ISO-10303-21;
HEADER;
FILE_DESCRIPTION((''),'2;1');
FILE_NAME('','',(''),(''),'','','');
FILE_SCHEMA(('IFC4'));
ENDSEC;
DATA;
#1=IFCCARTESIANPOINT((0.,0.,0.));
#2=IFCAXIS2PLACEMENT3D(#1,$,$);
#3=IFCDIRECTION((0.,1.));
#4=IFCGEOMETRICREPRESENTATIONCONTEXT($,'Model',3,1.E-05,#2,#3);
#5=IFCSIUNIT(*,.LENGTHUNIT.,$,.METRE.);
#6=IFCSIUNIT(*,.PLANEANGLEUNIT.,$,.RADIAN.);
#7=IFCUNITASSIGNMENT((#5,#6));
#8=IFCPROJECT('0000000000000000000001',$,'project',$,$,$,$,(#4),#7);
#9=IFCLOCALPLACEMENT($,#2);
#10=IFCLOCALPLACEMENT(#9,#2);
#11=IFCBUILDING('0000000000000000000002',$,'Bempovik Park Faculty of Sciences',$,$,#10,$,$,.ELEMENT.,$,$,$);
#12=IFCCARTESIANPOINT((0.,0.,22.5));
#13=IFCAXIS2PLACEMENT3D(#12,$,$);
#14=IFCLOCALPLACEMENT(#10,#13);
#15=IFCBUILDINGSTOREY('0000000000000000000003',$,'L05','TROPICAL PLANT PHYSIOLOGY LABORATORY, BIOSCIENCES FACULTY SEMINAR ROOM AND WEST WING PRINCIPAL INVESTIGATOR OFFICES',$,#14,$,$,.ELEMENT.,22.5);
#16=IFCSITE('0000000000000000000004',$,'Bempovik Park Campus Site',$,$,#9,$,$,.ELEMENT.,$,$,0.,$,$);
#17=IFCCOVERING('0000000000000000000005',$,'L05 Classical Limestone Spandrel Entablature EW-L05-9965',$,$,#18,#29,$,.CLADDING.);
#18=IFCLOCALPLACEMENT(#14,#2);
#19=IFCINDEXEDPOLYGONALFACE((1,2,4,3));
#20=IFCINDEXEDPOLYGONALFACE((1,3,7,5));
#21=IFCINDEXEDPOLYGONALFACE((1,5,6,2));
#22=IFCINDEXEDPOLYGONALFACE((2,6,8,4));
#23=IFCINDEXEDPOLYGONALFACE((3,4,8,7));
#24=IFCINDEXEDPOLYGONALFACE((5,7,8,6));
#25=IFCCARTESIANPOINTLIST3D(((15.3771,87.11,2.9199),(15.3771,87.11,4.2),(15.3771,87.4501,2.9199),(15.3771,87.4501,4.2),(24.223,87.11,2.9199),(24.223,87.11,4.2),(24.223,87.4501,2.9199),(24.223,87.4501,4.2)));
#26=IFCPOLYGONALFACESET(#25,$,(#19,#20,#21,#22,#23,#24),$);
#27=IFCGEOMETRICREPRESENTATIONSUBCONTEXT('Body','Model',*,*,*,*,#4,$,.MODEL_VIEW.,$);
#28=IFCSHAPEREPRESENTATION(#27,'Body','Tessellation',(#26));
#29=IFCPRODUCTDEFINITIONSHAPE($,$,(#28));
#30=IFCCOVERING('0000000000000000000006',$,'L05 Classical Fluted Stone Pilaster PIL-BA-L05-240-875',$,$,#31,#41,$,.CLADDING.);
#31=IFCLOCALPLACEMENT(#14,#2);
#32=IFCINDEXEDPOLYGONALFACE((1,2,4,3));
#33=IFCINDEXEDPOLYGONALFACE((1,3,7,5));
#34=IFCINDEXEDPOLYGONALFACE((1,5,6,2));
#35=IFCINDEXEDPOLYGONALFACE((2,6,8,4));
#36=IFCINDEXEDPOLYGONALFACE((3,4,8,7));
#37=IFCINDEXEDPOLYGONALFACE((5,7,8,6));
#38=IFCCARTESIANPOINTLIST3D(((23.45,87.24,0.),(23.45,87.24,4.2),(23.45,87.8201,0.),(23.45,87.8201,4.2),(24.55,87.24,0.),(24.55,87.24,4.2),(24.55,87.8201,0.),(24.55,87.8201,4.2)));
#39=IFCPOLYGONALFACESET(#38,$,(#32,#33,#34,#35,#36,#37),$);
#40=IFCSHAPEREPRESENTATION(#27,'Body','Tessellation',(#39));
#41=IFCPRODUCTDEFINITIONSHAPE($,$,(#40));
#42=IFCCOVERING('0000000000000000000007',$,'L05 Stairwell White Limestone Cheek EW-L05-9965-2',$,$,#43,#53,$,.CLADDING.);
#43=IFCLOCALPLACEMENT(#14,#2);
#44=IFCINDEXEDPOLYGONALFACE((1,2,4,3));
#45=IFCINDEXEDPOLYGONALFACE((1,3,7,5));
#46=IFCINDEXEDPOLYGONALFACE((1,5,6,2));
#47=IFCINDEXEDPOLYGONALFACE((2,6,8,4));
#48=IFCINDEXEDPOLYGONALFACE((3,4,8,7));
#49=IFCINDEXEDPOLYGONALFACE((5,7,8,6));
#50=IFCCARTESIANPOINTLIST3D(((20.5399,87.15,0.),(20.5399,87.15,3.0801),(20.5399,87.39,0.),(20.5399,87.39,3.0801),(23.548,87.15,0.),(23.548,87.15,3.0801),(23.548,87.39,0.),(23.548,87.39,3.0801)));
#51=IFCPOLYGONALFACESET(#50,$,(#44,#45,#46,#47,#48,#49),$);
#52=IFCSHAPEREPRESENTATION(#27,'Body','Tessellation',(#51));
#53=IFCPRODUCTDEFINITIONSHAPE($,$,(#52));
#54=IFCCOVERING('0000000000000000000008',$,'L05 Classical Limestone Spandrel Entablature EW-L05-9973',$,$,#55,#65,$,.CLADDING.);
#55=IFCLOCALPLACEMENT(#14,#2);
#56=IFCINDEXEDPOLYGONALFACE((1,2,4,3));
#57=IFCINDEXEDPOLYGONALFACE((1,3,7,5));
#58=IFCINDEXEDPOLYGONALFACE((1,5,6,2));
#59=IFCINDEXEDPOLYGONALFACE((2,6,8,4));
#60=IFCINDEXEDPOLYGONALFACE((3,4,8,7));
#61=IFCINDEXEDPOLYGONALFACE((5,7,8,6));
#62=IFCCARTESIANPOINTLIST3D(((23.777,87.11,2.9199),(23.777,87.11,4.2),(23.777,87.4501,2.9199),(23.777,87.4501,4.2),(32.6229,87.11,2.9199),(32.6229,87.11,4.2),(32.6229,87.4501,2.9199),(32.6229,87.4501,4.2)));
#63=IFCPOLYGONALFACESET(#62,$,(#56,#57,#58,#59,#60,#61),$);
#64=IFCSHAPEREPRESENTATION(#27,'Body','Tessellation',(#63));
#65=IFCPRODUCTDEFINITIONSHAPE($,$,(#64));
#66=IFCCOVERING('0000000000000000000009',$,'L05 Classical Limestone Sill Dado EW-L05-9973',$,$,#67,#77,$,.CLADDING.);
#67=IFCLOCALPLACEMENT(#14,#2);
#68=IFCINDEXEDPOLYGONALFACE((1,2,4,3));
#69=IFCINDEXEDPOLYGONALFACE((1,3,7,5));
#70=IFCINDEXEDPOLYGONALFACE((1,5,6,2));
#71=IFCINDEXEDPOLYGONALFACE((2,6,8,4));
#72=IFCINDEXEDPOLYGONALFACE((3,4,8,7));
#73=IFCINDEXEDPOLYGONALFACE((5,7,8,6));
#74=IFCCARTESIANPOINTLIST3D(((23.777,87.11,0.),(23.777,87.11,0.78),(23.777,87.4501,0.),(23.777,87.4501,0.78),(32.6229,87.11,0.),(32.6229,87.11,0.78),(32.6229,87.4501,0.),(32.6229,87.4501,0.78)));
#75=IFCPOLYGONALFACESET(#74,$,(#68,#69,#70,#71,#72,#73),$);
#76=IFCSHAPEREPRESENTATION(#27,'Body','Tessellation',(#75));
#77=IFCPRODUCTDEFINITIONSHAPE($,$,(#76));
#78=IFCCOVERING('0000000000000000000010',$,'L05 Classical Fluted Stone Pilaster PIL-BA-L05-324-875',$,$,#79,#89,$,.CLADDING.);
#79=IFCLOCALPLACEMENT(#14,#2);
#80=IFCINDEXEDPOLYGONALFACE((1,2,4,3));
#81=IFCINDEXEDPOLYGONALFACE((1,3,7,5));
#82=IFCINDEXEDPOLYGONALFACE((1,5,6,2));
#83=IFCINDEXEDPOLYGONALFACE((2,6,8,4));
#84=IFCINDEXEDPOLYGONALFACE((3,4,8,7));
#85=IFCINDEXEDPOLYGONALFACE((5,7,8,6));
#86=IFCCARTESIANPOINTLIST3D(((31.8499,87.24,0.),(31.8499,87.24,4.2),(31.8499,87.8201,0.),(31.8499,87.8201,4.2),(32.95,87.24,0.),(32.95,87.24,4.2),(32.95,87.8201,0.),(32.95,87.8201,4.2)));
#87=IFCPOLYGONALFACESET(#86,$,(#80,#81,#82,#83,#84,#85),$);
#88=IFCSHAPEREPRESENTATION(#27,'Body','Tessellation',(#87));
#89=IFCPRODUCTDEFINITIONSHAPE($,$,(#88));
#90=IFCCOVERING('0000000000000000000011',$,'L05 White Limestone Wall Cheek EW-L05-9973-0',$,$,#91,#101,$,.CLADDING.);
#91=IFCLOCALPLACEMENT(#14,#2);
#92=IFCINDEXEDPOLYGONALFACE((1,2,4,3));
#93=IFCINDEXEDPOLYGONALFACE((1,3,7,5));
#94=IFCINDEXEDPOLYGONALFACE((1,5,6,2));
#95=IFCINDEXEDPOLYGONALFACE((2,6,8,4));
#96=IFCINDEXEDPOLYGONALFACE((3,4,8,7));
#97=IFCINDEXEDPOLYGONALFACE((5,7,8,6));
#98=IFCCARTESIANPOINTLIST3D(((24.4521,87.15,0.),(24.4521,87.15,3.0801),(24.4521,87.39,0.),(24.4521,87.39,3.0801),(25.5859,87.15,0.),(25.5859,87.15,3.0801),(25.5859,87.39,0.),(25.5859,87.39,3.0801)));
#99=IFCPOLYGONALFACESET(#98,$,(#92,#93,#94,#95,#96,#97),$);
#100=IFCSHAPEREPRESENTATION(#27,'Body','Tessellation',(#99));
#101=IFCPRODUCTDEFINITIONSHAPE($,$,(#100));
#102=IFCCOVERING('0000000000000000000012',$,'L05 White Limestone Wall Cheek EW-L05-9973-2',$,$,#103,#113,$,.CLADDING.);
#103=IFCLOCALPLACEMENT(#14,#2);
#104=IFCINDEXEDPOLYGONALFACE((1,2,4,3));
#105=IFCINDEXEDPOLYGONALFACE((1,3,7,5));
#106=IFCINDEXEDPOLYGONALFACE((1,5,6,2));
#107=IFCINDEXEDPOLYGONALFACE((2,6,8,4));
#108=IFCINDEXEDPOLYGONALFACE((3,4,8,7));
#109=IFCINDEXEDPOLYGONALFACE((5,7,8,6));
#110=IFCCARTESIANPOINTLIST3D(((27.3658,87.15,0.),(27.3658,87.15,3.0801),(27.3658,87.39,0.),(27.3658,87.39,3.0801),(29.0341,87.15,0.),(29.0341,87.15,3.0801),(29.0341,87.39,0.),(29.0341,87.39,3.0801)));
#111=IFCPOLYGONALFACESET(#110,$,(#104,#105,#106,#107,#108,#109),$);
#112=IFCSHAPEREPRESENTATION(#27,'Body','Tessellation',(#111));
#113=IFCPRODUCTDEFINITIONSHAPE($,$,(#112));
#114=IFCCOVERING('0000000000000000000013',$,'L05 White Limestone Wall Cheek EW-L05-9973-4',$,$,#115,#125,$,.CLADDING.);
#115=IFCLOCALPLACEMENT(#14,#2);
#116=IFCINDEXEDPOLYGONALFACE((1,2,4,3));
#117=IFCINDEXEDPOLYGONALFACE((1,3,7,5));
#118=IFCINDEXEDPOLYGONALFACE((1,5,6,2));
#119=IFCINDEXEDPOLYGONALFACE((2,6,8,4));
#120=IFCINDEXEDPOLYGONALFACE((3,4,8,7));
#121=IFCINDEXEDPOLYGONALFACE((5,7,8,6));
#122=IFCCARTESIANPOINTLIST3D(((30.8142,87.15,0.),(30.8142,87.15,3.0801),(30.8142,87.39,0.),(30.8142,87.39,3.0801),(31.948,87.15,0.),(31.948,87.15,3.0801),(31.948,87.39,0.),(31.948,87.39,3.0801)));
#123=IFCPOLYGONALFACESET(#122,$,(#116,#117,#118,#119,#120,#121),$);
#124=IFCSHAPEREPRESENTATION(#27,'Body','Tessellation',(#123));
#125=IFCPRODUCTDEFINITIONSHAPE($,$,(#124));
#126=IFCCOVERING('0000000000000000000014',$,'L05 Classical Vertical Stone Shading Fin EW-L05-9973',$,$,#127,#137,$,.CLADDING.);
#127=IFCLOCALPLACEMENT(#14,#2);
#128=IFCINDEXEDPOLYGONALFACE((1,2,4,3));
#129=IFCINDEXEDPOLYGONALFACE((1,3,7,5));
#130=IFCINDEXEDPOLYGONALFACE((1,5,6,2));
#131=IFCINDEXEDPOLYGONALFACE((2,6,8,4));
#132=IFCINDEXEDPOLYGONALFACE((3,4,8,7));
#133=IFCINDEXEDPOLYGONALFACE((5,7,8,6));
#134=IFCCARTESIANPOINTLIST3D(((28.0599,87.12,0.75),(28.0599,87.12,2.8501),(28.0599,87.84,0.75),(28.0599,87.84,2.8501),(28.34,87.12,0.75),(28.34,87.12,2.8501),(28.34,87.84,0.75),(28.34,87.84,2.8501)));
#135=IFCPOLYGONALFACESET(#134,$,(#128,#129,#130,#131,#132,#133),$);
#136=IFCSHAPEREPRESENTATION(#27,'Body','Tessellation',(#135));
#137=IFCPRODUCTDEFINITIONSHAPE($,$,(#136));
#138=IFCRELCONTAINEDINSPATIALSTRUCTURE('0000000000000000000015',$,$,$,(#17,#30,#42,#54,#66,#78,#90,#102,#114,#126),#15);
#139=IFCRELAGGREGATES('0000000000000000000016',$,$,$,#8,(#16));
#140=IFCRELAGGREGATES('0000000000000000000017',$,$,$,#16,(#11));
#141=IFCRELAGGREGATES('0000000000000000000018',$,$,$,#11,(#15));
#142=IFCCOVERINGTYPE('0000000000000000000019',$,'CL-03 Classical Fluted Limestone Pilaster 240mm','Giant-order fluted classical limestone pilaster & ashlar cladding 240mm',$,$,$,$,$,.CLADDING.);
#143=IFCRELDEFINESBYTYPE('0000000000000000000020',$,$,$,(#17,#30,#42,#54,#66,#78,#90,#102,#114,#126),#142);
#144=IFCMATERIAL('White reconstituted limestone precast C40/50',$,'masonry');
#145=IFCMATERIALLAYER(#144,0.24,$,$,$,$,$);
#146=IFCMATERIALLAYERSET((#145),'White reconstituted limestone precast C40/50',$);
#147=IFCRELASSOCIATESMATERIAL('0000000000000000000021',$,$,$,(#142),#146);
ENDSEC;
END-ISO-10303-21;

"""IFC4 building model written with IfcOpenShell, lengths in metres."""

from ifc_helpers import new_model, si_unit, direction, frame, origin, origin_2d, place, context, subcontext, project, spatial, rectangle, extrude, material, layer, layer_set, type_object, element, save


model = new_model("IFC4")

# Units and contexts
model_context = context("Model", 3, precision=1e-05, world=origin(), true_north=direction((0.0, 1.0)))
body_context = subcontext(model_context, "Body", "Model", "MODEL_VIEW")
ifc_project = project(units=[si_unit("LENGTHUNIT", "METRE"), si_unit("PLANEANGLEUNIT", "RADIAN")], contexts=[model_context])

# Site, building, storey
site_placement = place(None, origin())
site = spatial("IfcSite", under=ifc_project, at=site_placement, Name="Bempovik Park Campus Site", CompositionType="ELEMENT", RefElevation=0.0)
building_placement = place(site_placement, origin())
building = spatial("IfcBuilding", under=site, at=building_placement, Name="Bempovik Park Faculty of Sciences", CompositionType="ELEMENT")
storey_placement = place(building_placement, frame((0.0, 0.0, 22.5)))
storey = spatial("IfcBuildingStorey", under=building, at=storey_placement, Name="L05", Description="TROPICAL PLANT PHYSIOLOGY LABORATORY, BIOSCIENCES FACULTY SEMINAR ROOM AND WEST WING PRINCIPAL INVESTIGATOR OFFICES", CompositionType="ELEMENT", Elevation=22.5)

# Coverings
ifc_material_1 = material(Name="White reconstituted limestone precast C40/50", Category="masonry")
ifc_layer_1 = layer(ifc_material_1, 0.24)
ifc_layer_set_1 = layer_set([ifc_layer_1], Name="White reconstituted limestone precast C40/50")
covering_type = type_object("IfcCoveringType", Name="CL-03 Classical Fluted Limestone Pilaster 240mm", Description="Giant-order fluted classical limestone pilaster & ashlar cladding 240mm", PredefinedType="CLADDING", material=ifc_layer_set_1)
covering_1_placement = place(storey_placement, frame((19.8, 87.28, 2.9199), z_axis=(0.0, 0.0, 1.0), x_axis=(1.0, 0.0, 0.0)))
element("IfcCovering", 1, at=covering_1_placement, inside=storey, type_object=covering_type, Name="L05 Classical Limestone Spandrel Entablature EW-L05-9965", PredefinedType="CLADDING", context=body_context, shape_type="SweptSolid", body=[
    extrude(rectangle(XDim=8.8459, YDim=0.3401, at=origin_2d()), origin(), (0.0, 0.0, 1.0), 1.28),
])
covering_2_placement = place(storey_placement, frame((24.0, 87.53, 0.0), z_axis=(0.0, 0.0, 1.0), x_axis=(1.0, 0.0, 0.0)))
element("IfcCovering", 2, at=covering_2_placement, inside=storey, type_object=covering_type, Name="L05 Classical Fluted Stone Pilaster PIL-BA-L05-240-875", PredefinedType="CLADDING", context=body_context, shape_type="SweptSolid", body=[
    extrude(rectangle(XDim=1.1001, YDim=0.5801, at=origin_2d()), origin(), (0.0, 0.0, 1.0), 4.2),
])
covering_3_placement = place(storey_placement, frame((22.0439, 87.27, 0.0), z_axis=(0.0, 0.0, 1.0), x_axis=(1.0, 0.0, 0.0)))
element("IfcCovering", 3, at=covering_3_placement, inside=storey, type_object=covering_type, Name="L05 Stairwell White Limestone Cheek EW-L05-9965-2", PredefinedType="CLADDING", context=body_context, shape_type="SweptSolid", body=[
    extrude(rectangle(XDim=3.0081, YDim=0.24, at=origin_2d()), origin(), (0.0, 0.0, 1.0), 3.0801),
])
covering_4_placement = place(storey_placement, frame((28.2, 87.28, 2.9199), z_axis=(0.0, 0.0, 1.0), x_axis=(1.0, 0.0, 0.0)))
element("IfcCovering", 4, at=covering_4_placement, inside=storey, type_object=covering_type, Name="L05 Classical Limestone Spandrel Entablature EW-L05-9973", PredefinedType="CLADDING", context=body_context, shape_type="SweptSolid", body=[
    extrude(rectangle(XDim=8.8459, YDim=0.3401, at=origin_2d()), origin(), (0.0, 0.0, 1.0), 1.28),
])
covering_5_placement = place(storey_placement, frame((28.2, 87.28, 0.0), z_axis=(0.0, 0.0, 1.0), x_axis=(1.0, 0.0, 0.0)))
element("IfcCovering", 5, at=covering_5_placement, inside=storey, type_object=covering_type, Name="L05 Classical Limestone Sill Dado EW-L05-9973", PredefinedType="CLADDING", context=body_context, shape_type="SweptSolid", body=[
    extrude(rectangle(XDim=8.8459, YDim=0.3401, at=origin_2d()), origin(), (0.0, 0.0, 1.0), 0.78),
])
covering_6_placement = place(storey_placement, frame((32.3999, 87.53, 0.0), z_axis=(0.0, 0.0, 1.0), x_axis=(1.0, 0.0, 0.0)))
element("IfcCovering", 6, at=covering_6_placement, inside=storey, type_object=covering_type, Name="L05 Classical Fluted Stone Pilaster PIL-BA-L05-324-875", PredefinedType="CLADDING", context=body_context, shape_type="SweptSolid", body=[
    extrude(rectangle(XDim=1.1001, YDim=0.5801, at=origin_2d()), origin(), (0.0, 0.0, 1.0), 4.2),
])
covering_7_placement = place(storey_placement, frame((25.019, 87.27, 0.0), z_axis=(0.0, 0.0, 1.0), x_axis=(1.0, 0.0, 0.0)))
element("IfcCovering", 7, at=covering_7_placement, inside=storey, type_object=covering_type, Name="L05 White Limestone Wall Cheek EW-L05-9973-0", PredefinedType="CLADDING", context=body_context, shape_type="SweptSolid", body=[
    extrude(rectangle(XDim=1.1338, YDim=0.24, at=origin_2d()), origin(), (0.0, 0.0, 1.0), 3.0801),
])
covering_8_placement = place(storey_placement, frame((28.2, 87.27, 0.0), z_axis=(0.0, 0.0, 1.0), x_axis=(1.0, 0.0, 0.0)))
element("IfcCovering", 8, at=covering_8_placement, inside=storey, type_object=covering_type, Name="L05 White Limestone Wall Cheek EW-L05-9973-2", PredefinedType="CLADDING", context=body_context, shape_type="SweptSolid", body=[
    extrude(rectangle(XDim=1.6682, YDim=0.24, at=origin_2d()), origin(), (0.0, 0.0, 1.0), 3.0801),
])
covering_9_placement = place(storey_placement, frame((31.3811, 87.27, 0.0), z_axis=(0.0, 0.0, 1.0), x_axis=(1.0, 0.0, 0.0)))
element("IfcCovering", 9, at=covering_9_placement, inside=storey, type_object=covering_type, Name="L05 White Limestone Wall Cheek EW-L05-9973-4", PredefinedType="CLADDING", context=body_context, shape_type="SweptSolid", body=[
    extrude(rectangle(XDim=1.1338, YDim=0.24, at=origin_2d()), origin(), (0.0, 0.0, 1.0), 3.0801),
])
covering_10_placement = place(storey_placement, frame((28.2, 87.48, 0.75), z_axis=(0.0, 0.0, 1.0), x_axis=(1.0, 0.0, 0.0)))
element("IfcCovering", 10, at=covering_10_placement, inside=storey, type_object=covering_type, Name="L05 Classical Vertical Stone Shading Fin EW-L05-9973", PredefinedType="CLADDING", context=body_context, shape_type="SweptSolid", body=[
    extrude(rectangle(XDim=0.28, YDim=0.72, at=origin_2d()), origin(), (0.0, 0.0, 1.0), 2.1001),
])

save(model, "model.ifc")
